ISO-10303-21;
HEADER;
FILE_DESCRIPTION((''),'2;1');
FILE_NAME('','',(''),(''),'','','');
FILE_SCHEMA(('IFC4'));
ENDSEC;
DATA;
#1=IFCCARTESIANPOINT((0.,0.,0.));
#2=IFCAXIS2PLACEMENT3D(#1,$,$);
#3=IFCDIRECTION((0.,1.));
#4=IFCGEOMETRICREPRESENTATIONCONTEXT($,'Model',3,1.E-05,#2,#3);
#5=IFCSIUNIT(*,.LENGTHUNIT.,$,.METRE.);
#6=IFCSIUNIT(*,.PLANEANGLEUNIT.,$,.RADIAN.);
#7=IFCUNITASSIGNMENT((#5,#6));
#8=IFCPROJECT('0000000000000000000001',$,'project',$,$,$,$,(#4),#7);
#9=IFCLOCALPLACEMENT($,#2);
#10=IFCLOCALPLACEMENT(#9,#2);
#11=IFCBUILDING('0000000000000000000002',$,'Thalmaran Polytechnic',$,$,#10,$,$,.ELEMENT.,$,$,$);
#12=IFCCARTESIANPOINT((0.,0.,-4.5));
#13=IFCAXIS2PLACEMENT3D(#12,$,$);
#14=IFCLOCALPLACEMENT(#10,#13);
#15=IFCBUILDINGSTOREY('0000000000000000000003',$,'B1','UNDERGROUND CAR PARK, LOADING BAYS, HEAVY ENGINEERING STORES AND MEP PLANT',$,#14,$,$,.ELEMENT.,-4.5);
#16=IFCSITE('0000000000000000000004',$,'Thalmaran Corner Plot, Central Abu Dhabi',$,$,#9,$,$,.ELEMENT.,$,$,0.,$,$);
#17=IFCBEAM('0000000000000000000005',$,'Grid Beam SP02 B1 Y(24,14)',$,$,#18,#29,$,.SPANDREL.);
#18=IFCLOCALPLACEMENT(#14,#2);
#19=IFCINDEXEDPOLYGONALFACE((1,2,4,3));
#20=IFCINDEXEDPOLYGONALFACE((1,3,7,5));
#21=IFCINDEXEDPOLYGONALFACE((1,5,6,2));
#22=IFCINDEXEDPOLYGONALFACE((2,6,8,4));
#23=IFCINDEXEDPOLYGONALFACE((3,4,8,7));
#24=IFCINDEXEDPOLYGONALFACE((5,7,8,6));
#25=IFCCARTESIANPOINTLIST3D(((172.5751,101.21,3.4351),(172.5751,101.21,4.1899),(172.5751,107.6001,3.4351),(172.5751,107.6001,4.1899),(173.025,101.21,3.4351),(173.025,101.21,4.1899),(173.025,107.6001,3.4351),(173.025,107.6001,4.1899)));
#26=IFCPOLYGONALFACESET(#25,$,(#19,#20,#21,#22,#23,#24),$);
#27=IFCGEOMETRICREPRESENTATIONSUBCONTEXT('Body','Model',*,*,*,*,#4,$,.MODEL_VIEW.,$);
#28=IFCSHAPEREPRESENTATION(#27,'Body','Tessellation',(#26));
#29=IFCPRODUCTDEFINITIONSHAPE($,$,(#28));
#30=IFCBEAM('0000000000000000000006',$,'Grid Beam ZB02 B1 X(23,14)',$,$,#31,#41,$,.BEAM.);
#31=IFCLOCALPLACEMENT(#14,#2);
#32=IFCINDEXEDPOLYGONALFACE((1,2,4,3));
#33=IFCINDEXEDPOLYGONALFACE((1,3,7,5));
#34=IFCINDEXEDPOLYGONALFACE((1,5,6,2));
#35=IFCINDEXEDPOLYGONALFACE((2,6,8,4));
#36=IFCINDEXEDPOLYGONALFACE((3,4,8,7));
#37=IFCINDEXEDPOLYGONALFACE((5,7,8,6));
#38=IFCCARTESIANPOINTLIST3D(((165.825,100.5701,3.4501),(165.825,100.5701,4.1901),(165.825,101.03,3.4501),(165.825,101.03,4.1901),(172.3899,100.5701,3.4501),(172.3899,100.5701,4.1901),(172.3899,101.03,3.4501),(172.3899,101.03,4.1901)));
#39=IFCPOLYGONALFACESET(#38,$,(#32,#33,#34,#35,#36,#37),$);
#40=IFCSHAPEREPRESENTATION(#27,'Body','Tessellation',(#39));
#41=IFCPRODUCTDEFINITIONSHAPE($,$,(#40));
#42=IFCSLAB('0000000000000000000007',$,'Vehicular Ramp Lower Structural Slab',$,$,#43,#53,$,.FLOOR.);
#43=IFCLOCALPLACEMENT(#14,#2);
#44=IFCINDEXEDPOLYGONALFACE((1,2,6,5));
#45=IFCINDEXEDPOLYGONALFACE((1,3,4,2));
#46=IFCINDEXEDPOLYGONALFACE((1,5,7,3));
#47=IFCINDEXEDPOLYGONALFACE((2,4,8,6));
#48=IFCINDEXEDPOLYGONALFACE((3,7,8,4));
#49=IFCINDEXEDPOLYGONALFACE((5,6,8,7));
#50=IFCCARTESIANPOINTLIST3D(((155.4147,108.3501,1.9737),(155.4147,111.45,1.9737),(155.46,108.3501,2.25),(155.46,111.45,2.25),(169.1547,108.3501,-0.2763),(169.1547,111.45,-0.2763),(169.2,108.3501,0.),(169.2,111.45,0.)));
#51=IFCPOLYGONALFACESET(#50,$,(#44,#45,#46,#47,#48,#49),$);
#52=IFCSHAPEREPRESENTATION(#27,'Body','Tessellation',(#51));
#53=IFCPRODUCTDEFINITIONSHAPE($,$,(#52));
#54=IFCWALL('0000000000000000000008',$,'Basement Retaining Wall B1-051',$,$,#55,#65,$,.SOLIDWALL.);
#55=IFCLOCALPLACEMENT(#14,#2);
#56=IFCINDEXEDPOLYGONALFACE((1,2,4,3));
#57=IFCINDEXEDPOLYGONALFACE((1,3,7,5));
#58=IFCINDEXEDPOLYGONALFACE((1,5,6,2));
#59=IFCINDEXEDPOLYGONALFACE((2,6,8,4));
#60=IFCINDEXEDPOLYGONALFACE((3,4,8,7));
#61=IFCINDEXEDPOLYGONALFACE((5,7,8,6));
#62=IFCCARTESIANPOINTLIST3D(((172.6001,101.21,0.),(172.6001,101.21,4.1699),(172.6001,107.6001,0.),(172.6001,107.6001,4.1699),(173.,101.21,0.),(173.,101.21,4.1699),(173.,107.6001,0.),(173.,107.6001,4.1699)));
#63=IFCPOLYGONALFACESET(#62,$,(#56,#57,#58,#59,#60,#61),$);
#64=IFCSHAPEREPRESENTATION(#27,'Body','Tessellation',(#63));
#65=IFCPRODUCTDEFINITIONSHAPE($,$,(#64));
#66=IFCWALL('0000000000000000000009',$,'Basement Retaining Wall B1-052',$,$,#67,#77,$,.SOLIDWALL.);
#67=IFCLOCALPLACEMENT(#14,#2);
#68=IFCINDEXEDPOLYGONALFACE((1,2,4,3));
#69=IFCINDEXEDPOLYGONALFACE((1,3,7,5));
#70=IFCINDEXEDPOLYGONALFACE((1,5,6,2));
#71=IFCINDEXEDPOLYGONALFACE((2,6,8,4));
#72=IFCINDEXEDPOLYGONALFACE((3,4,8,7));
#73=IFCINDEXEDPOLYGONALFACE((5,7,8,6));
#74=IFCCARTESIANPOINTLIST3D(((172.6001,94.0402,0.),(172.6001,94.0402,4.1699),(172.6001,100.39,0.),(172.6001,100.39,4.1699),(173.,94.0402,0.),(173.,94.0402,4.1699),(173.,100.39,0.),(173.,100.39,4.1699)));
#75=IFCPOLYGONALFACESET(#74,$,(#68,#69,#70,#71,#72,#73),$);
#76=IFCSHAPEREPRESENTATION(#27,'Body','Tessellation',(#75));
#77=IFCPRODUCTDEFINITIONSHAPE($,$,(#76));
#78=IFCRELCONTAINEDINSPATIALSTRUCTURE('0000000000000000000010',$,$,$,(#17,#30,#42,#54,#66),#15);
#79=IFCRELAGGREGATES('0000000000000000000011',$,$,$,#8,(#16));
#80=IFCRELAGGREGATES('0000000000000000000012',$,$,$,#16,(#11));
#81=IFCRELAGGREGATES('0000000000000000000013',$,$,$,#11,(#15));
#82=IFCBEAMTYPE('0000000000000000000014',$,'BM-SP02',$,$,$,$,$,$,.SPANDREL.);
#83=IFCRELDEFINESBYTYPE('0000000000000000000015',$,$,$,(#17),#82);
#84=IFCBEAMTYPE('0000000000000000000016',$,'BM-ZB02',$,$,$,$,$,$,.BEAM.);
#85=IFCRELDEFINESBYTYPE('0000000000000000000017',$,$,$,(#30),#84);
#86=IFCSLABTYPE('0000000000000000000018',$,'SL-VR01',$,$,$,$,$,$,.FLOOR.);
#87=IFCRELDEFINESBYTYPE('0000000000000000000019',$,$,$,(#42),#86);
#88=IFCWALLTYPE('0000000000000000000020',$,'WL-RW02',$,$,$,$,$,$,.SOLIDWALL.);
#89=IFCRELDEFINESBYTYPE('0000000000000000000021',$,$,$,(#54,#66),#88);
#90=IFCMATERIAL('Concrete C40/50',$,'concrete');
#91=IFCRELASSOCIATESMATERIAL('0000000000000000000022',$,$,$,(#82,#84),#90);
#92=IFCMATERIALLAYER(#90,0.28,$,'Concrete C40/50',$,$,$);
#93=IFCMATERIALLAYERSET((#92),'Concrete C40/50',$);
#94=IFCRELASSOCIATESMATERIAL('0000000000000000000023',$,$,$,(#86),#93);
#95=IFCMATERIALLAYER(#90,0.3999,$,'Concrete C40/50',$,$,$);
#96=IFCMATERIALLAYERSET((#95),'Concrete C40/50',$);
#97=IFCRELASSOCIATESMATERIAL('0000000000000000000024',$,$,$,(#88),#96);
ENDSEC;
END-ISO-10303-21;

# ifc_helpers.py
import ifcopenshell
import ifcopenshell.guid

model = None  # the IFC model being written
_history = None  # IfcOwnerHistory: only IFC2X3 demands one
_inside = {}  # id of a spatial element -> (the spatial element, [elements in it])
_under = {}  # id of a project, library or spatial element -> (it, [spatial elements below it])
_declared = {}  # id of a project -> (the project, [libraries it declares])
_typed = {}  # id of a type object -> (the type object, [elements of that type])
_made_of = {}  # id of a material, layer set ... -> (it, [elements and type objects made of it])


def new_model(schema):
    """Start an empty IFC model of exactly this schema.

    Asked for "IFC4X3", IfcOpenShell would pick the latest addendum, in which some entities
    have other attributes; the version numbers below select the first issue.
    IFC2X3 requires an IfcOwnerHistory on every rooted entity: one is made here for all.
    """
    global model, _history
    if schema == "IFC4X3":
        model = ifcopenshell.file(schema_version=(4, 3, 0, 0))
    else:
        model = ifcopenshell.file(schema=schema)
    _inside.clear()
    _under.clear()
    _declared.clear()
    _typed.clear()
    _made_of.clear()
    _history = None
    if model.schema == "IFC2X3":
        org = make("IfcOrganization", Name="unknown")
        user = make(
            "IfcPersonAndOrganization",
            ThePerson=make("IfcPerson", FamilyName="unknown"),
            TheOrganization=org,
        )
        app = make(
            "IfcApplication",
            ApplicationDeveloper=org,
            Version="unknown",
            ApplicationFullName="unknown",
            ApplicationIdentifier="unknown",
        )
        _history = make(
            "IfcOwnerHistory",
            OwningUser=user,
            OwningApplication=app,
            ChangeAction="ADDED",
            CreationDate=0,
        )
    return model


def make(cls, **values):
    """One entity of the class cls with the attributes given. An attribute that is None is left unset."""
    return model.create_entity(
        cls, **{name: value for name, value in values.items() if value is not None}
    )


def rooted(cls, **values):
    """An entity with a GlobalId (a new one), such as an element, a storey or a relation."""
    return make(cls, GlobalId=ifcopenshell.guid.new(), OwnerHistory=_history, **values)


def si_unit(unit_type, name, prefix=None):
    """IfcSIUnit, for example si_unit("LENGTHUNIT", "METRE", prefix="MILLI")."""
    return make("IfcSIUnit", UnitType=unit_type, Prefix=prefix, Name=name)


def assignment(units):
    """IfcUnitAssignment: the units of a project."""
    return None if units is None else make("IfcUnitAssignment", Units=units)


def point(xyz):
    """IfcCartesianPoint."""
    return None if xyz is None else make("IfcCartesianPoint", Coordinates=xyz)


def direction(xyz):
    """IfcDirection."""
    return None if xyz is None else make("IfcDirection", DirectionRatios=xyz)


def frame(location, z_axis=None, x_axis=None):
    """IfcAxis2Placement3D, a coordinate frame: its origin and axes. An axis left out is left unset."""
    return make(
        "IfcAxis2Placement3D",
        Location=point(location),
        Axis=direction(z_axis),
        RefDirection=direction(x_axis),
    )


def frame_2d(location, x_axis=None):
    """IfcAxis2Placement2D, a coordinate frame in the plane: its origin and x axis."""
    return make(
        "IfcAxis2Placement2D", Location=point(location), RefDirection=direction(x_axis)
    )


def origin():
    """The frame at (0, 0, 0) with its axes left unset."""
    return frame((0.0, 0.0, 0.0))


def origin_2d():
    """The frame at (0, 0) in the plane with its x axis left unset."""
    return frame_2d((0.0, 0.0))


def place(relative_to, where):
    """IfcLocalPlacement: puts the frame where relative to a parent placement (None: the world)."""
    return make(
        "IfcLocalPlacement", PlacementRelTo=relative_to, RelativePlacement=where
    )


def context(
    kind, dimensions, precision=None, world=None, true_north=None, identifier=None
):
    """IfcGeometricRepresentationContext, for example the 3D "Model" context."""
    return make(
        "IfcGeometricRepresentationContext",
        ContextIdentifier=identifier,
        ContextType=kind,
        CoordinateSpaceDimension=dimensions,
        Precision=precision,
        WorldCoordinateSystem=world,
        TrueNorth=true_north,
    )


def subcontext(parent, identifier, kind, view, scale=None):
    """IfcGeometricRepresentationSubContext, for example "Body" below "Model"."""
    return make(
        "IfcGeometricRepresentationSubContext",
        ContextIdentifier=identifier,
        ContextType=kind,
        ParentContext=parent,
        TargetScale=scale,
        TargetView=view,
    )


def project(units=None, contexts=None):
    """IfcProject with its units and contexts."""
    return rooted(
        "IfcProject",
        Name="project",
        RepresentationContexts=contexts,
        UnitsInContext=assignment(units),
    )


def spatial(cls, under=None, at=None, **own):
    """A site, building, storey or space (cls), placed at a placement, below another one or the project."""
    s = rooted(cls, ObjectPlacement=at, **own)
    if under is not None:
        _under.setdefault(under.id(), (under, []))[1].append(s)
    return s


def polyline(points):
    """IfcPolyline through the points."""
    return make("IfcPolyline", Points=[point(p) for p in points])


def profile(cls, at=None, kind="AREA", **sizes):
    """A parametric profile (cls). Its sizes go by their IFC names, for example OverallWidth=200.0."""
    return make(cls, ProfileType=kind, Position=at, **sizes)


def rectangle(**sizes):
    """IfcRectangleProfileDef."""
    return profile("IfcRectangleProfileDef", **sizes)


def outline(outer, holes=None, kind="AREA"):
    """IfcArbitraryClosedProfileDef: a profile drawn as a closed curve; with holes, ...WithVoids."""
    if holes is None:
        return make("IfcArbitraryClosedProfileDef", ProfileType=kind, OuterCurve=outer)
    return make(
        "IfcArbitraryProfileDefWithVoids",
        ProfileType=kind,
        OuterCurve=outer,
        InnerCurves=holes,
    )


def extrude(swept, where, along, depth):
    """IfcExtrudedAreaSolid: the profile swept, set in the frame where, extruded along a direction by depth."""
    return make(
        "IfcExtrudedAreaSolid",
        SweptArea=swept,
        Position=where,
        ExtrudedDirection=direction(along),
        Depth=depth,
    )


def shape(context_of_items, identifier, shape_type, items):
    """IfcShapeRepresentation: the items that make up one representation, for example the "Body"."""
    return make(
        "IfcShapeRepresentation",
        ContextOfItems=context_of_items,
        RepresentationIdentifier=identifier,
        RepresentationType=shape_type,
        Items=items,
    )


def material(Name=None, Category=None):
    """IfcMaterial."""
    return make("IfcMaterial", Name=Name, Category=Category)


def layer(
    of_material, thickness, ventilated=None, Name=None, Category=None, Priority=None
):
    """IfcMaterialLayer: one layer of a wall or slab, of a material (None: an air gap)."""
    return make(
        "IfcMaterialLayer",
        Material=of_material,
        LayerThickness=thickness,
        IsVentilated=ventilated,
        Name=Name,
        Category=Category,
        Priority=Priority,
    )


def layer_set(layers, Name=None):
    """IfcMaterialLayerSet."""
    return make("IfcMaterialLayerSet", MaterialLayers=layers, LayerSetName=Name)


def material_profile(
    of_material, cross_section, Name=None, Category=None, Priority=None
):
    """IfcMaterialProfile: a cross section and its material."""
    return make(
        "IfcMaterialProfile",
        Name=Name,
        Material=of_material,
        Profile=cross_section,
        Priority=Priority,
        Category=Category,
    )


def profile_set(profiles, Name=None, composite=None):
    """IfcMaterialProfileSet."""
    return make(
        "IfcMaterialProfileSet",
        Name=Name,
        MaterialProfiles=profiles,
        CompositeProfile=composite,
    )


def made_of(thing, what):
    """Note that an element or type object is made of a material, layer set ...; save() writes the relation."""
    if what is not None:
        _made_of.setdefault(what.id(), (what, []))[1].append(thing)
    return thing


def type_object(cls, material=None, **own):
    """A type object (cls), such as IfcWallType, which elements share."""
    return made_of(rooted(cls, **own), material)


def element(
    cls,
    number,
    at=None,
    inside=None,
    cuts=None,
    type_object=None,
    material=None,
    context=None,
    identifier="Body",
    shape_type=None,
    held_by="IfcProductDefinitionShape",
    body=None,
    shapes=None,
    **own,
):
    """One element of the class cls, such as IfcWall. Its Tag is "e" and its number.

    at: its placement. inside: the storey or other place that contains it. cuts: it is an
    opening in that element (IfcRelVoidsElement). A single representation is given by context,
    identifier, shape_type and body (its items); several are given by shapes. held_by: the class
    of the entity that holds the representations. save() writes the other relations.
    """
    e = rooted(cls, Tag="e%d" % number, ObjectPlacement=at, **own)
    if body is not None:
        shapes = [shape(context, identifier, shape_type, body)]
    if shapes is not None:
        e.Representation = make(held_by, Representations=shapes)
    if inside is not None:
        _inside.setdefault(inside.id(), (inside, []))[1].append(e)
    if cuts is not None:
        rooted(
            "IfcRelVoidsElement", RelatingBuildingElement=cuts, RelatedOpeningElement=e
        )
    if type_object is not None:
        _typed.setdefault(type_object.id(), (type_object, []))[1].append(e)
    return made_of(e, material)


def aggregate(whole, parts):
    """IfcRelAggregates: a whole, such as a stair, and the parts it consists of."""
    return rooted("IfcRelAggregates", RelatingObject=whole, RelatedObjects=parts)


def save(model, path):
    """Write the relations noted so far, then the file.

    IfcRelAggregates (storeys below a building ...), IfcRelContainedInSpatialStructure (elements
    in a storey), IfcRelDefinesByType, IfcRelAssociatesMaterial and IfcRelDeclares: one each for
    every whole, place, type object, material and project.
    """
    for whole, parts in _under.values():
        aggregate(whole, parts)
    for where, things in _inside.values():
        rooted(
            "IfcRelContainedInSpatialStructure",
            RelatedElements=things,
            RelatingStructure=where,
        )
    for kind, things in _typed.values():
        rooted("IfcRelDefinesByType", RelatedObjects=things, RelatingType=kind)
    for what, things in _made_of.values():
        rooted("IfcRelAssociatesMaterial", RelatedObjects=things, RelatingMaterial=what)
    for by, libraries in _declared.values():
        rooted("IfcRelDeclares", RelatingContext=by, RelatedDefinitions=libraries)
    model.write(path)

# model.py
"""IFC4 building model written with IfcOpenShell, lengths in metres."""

from ifc_helpers import new_model, si_unit, direction, frame, frame_2d, origin, origin_2d, place, context, subcontext, project, spatial, polyline, rectangle, outline, extrude, material, layer, layer_set, material_profile, profile_set, type_object, element, save


model = new_model("IFC4")

# Units and contexts
model_context = context("Model", 3, precision=1e-05, world=origin(), true_north=direction((0.0, 1.0)))
body_context = subcontext(model_context, "Body", "Model", "MODEL_VIEW")
ifc_project = project(units=[si_unit("LENGTHUNIT", "METRE"), si_unit("PLANEANGLEUNIT", "RADIAN")], contexts=[model_context])

# Site, building, storey
site_placement = place(None, origin())
site = spatial("IfcSite", under=ifc_project, at=site_placement, Name="Thalmaran Corner Plot, Central Abu Dhabi", CompositionType="ELEMENT", RefElevation=0.0)
building_placement = place(site_placement, origin())
building = spatial("IfcBuilding", under=site, at=building_placement, Name="Thalmaran Polytechnic", CompositionType="ELEMENT")
storey_placement = place(building_placement, frame((0.0, 0.0, -4.5)))
storey = spatial("IfcBuildingStorey", under=building, at=storey_placement, Name="B1", Description="UNDERGROUND CAR PARK, LOADING BAYS, HEAVY ENGINEERING STORES AND MEP PLANT", CompositionType="ELEMENT", Elevation=-4.5)

# Shared definitions
ifc_material_1 = material(Name="Concrete C40/50", Category="concrete")

# Beams
ifc_material_profile_1 = material_profile(ifc_material_1, rectangle(XDim=0.45, YDim=0.7549, at=origin_2d()), Name="RC 450x755")
ifc_profile_set_1 = profile_set([ifc_material_profile_1], Name="Concrete C40/50")
beam_type_1 = type_object("IfcBeamType", Name="BM-SP02", PredefinedType="SPANDREL", material=ifc_profile_set_1)
beam_1_placement = place(storey_placement, frame((172.8, 101.21, 3.8125), z_axis=(0.0, 1.0, 0.0), x_axis=(-1.0, 0.0, 0.0)))
element("IfcBeam", 1, at=beam_1_placement, inside=storey, type_object=beam_type_1, Name="Grid Beam SP02 B1 Y(24,14)", PredefinedType="SPANDREL", context=body_context, shape_type="SweptSolid", body=[
    extrude(rectangle(XDim=0.45, YDim=0.7549, at=origin_2d()), origin(), (0.0, 0.0, 1.0), 6.3901),
])
ifc_material_profile_2 = material_profile(ifc_material_1, rectangle(XDim=0.46, YDim=0.74, at=origin_2d()), Name="RC 460x740")
ifc_profile_set_2 = profile_set([ifc_material_profile_2], Name="Concrete C40/50")
beam_type_2 = type_object("IfcBeamType", Name="BM-ZB02", PredefinedType="BEAM", material=ifc_profile_set_2)
beam_2_placement = place(storey_placement, frame((165.825, 100.8, 3.8201), z_axis=(1.0, 0.0, 0.0), x_axis=(0.0, 1.0, 0.0)))
element("IfcBeam", 2, at=beam_2_placement, inside=storey, type_object=beam_type_2, Name="Grid Beam ZB02 B1 X(23,14)", PredefinedType="BEAM", context=body_context, shape_type="SweptSolid", body=[
    extrude(rectangle(XDim=0.46, YDim=0.74, at=origin_2d()), origin(), (0.0, 0.0, 1.0), 6.5649),
])

# Slab
ifc_layer_1 = layer(ifc_material_1, 0.28, Name="Concrete C40/50")
ifc_layer_set_1 = layer_set([ifc_layer_1], Name="Concrete C40/50")
slab_type = type_object("IfcSlabType", Name="SL-VR01", PredefinedType="FLOOR", material=ifc_layer_set_1)
slab_placement = place(storey_placement, frame((169.2, 108.3501, 0.0), z_axis=(0.161603, 0.0, 0.986856), x_axis=(-0.986856, 0.0, 0.161603)))
element("IfcSlab", 3, at=slab_placement, inside=storey, type_object=slab_type, Name="Vehicular Ramp Lower Structural Slab", PredefinedType="FLOOR", context=body_context, shape_type="SweptSolid", body=[
    extrude(outline(polyline([(0.0, 0.0), (13.923, 0.0), (13.923, -3.0999), (0.0, -3.0999), (0.0, 0.0)])), origin(), (0.0, 0.0, -1.0), 0.28),
])

# Walls
ifc_layer_2 = layer(ifc_material_1, 0.3999, Name="Concrete C40/50")
ifc_layer_set_2 = layer_set([ifc_layer_2], Name="Concrete C40/50")
wall_type = type_object("IfcWallType", Name="WL-RW02", PredefinedType="SOLIDWALL", material=ifc_layer_set_2)
wall_1_placement = place(storey_placement, frame((172.8, 107.6001, 0.0), z_axis=(0.0, 0.0, 1.0), x_axis=(0.0, -1.0, 0.0)))
element("IfcWall", 4, at=wall_1_placement, inside=storey, type_object=wall_type, Name="Basement Retaining Wall B1-051", PredefinedType="SOLIDWALL", context=body_context, shape_type="SweptSolid", body=[
    extrude(rectangle(XDim=6.3901, YDim=0.3999, at=frame_2d((3.1951, 0.0))), origin(), (0.0, 0.0, 1.0), 4.1699),
])
wall_2_placement = place(storey_placement, frame((172.8, 100.3899, 0.0), z_axis=(0.0, 0.0, 1.0), x_axis=(0.0, -1.0, 0.0)))
element("IfcWall", 5, at=wall_2_placement, inside=storey, type_object=wall_type, Name="Basement Retaining Wall B1-052", PredefinedType="SOLIDWALL", context=body_context, shape_type="SweptSolid", body=[
    extrude(rectangle(XDim=6.3499, YDim=0.3999, at=frame_2d((3.1748, 0.0))), origin(), (0.0, 0.0, 1.0), 4.1699),
])

save(model, "model.ifc")
